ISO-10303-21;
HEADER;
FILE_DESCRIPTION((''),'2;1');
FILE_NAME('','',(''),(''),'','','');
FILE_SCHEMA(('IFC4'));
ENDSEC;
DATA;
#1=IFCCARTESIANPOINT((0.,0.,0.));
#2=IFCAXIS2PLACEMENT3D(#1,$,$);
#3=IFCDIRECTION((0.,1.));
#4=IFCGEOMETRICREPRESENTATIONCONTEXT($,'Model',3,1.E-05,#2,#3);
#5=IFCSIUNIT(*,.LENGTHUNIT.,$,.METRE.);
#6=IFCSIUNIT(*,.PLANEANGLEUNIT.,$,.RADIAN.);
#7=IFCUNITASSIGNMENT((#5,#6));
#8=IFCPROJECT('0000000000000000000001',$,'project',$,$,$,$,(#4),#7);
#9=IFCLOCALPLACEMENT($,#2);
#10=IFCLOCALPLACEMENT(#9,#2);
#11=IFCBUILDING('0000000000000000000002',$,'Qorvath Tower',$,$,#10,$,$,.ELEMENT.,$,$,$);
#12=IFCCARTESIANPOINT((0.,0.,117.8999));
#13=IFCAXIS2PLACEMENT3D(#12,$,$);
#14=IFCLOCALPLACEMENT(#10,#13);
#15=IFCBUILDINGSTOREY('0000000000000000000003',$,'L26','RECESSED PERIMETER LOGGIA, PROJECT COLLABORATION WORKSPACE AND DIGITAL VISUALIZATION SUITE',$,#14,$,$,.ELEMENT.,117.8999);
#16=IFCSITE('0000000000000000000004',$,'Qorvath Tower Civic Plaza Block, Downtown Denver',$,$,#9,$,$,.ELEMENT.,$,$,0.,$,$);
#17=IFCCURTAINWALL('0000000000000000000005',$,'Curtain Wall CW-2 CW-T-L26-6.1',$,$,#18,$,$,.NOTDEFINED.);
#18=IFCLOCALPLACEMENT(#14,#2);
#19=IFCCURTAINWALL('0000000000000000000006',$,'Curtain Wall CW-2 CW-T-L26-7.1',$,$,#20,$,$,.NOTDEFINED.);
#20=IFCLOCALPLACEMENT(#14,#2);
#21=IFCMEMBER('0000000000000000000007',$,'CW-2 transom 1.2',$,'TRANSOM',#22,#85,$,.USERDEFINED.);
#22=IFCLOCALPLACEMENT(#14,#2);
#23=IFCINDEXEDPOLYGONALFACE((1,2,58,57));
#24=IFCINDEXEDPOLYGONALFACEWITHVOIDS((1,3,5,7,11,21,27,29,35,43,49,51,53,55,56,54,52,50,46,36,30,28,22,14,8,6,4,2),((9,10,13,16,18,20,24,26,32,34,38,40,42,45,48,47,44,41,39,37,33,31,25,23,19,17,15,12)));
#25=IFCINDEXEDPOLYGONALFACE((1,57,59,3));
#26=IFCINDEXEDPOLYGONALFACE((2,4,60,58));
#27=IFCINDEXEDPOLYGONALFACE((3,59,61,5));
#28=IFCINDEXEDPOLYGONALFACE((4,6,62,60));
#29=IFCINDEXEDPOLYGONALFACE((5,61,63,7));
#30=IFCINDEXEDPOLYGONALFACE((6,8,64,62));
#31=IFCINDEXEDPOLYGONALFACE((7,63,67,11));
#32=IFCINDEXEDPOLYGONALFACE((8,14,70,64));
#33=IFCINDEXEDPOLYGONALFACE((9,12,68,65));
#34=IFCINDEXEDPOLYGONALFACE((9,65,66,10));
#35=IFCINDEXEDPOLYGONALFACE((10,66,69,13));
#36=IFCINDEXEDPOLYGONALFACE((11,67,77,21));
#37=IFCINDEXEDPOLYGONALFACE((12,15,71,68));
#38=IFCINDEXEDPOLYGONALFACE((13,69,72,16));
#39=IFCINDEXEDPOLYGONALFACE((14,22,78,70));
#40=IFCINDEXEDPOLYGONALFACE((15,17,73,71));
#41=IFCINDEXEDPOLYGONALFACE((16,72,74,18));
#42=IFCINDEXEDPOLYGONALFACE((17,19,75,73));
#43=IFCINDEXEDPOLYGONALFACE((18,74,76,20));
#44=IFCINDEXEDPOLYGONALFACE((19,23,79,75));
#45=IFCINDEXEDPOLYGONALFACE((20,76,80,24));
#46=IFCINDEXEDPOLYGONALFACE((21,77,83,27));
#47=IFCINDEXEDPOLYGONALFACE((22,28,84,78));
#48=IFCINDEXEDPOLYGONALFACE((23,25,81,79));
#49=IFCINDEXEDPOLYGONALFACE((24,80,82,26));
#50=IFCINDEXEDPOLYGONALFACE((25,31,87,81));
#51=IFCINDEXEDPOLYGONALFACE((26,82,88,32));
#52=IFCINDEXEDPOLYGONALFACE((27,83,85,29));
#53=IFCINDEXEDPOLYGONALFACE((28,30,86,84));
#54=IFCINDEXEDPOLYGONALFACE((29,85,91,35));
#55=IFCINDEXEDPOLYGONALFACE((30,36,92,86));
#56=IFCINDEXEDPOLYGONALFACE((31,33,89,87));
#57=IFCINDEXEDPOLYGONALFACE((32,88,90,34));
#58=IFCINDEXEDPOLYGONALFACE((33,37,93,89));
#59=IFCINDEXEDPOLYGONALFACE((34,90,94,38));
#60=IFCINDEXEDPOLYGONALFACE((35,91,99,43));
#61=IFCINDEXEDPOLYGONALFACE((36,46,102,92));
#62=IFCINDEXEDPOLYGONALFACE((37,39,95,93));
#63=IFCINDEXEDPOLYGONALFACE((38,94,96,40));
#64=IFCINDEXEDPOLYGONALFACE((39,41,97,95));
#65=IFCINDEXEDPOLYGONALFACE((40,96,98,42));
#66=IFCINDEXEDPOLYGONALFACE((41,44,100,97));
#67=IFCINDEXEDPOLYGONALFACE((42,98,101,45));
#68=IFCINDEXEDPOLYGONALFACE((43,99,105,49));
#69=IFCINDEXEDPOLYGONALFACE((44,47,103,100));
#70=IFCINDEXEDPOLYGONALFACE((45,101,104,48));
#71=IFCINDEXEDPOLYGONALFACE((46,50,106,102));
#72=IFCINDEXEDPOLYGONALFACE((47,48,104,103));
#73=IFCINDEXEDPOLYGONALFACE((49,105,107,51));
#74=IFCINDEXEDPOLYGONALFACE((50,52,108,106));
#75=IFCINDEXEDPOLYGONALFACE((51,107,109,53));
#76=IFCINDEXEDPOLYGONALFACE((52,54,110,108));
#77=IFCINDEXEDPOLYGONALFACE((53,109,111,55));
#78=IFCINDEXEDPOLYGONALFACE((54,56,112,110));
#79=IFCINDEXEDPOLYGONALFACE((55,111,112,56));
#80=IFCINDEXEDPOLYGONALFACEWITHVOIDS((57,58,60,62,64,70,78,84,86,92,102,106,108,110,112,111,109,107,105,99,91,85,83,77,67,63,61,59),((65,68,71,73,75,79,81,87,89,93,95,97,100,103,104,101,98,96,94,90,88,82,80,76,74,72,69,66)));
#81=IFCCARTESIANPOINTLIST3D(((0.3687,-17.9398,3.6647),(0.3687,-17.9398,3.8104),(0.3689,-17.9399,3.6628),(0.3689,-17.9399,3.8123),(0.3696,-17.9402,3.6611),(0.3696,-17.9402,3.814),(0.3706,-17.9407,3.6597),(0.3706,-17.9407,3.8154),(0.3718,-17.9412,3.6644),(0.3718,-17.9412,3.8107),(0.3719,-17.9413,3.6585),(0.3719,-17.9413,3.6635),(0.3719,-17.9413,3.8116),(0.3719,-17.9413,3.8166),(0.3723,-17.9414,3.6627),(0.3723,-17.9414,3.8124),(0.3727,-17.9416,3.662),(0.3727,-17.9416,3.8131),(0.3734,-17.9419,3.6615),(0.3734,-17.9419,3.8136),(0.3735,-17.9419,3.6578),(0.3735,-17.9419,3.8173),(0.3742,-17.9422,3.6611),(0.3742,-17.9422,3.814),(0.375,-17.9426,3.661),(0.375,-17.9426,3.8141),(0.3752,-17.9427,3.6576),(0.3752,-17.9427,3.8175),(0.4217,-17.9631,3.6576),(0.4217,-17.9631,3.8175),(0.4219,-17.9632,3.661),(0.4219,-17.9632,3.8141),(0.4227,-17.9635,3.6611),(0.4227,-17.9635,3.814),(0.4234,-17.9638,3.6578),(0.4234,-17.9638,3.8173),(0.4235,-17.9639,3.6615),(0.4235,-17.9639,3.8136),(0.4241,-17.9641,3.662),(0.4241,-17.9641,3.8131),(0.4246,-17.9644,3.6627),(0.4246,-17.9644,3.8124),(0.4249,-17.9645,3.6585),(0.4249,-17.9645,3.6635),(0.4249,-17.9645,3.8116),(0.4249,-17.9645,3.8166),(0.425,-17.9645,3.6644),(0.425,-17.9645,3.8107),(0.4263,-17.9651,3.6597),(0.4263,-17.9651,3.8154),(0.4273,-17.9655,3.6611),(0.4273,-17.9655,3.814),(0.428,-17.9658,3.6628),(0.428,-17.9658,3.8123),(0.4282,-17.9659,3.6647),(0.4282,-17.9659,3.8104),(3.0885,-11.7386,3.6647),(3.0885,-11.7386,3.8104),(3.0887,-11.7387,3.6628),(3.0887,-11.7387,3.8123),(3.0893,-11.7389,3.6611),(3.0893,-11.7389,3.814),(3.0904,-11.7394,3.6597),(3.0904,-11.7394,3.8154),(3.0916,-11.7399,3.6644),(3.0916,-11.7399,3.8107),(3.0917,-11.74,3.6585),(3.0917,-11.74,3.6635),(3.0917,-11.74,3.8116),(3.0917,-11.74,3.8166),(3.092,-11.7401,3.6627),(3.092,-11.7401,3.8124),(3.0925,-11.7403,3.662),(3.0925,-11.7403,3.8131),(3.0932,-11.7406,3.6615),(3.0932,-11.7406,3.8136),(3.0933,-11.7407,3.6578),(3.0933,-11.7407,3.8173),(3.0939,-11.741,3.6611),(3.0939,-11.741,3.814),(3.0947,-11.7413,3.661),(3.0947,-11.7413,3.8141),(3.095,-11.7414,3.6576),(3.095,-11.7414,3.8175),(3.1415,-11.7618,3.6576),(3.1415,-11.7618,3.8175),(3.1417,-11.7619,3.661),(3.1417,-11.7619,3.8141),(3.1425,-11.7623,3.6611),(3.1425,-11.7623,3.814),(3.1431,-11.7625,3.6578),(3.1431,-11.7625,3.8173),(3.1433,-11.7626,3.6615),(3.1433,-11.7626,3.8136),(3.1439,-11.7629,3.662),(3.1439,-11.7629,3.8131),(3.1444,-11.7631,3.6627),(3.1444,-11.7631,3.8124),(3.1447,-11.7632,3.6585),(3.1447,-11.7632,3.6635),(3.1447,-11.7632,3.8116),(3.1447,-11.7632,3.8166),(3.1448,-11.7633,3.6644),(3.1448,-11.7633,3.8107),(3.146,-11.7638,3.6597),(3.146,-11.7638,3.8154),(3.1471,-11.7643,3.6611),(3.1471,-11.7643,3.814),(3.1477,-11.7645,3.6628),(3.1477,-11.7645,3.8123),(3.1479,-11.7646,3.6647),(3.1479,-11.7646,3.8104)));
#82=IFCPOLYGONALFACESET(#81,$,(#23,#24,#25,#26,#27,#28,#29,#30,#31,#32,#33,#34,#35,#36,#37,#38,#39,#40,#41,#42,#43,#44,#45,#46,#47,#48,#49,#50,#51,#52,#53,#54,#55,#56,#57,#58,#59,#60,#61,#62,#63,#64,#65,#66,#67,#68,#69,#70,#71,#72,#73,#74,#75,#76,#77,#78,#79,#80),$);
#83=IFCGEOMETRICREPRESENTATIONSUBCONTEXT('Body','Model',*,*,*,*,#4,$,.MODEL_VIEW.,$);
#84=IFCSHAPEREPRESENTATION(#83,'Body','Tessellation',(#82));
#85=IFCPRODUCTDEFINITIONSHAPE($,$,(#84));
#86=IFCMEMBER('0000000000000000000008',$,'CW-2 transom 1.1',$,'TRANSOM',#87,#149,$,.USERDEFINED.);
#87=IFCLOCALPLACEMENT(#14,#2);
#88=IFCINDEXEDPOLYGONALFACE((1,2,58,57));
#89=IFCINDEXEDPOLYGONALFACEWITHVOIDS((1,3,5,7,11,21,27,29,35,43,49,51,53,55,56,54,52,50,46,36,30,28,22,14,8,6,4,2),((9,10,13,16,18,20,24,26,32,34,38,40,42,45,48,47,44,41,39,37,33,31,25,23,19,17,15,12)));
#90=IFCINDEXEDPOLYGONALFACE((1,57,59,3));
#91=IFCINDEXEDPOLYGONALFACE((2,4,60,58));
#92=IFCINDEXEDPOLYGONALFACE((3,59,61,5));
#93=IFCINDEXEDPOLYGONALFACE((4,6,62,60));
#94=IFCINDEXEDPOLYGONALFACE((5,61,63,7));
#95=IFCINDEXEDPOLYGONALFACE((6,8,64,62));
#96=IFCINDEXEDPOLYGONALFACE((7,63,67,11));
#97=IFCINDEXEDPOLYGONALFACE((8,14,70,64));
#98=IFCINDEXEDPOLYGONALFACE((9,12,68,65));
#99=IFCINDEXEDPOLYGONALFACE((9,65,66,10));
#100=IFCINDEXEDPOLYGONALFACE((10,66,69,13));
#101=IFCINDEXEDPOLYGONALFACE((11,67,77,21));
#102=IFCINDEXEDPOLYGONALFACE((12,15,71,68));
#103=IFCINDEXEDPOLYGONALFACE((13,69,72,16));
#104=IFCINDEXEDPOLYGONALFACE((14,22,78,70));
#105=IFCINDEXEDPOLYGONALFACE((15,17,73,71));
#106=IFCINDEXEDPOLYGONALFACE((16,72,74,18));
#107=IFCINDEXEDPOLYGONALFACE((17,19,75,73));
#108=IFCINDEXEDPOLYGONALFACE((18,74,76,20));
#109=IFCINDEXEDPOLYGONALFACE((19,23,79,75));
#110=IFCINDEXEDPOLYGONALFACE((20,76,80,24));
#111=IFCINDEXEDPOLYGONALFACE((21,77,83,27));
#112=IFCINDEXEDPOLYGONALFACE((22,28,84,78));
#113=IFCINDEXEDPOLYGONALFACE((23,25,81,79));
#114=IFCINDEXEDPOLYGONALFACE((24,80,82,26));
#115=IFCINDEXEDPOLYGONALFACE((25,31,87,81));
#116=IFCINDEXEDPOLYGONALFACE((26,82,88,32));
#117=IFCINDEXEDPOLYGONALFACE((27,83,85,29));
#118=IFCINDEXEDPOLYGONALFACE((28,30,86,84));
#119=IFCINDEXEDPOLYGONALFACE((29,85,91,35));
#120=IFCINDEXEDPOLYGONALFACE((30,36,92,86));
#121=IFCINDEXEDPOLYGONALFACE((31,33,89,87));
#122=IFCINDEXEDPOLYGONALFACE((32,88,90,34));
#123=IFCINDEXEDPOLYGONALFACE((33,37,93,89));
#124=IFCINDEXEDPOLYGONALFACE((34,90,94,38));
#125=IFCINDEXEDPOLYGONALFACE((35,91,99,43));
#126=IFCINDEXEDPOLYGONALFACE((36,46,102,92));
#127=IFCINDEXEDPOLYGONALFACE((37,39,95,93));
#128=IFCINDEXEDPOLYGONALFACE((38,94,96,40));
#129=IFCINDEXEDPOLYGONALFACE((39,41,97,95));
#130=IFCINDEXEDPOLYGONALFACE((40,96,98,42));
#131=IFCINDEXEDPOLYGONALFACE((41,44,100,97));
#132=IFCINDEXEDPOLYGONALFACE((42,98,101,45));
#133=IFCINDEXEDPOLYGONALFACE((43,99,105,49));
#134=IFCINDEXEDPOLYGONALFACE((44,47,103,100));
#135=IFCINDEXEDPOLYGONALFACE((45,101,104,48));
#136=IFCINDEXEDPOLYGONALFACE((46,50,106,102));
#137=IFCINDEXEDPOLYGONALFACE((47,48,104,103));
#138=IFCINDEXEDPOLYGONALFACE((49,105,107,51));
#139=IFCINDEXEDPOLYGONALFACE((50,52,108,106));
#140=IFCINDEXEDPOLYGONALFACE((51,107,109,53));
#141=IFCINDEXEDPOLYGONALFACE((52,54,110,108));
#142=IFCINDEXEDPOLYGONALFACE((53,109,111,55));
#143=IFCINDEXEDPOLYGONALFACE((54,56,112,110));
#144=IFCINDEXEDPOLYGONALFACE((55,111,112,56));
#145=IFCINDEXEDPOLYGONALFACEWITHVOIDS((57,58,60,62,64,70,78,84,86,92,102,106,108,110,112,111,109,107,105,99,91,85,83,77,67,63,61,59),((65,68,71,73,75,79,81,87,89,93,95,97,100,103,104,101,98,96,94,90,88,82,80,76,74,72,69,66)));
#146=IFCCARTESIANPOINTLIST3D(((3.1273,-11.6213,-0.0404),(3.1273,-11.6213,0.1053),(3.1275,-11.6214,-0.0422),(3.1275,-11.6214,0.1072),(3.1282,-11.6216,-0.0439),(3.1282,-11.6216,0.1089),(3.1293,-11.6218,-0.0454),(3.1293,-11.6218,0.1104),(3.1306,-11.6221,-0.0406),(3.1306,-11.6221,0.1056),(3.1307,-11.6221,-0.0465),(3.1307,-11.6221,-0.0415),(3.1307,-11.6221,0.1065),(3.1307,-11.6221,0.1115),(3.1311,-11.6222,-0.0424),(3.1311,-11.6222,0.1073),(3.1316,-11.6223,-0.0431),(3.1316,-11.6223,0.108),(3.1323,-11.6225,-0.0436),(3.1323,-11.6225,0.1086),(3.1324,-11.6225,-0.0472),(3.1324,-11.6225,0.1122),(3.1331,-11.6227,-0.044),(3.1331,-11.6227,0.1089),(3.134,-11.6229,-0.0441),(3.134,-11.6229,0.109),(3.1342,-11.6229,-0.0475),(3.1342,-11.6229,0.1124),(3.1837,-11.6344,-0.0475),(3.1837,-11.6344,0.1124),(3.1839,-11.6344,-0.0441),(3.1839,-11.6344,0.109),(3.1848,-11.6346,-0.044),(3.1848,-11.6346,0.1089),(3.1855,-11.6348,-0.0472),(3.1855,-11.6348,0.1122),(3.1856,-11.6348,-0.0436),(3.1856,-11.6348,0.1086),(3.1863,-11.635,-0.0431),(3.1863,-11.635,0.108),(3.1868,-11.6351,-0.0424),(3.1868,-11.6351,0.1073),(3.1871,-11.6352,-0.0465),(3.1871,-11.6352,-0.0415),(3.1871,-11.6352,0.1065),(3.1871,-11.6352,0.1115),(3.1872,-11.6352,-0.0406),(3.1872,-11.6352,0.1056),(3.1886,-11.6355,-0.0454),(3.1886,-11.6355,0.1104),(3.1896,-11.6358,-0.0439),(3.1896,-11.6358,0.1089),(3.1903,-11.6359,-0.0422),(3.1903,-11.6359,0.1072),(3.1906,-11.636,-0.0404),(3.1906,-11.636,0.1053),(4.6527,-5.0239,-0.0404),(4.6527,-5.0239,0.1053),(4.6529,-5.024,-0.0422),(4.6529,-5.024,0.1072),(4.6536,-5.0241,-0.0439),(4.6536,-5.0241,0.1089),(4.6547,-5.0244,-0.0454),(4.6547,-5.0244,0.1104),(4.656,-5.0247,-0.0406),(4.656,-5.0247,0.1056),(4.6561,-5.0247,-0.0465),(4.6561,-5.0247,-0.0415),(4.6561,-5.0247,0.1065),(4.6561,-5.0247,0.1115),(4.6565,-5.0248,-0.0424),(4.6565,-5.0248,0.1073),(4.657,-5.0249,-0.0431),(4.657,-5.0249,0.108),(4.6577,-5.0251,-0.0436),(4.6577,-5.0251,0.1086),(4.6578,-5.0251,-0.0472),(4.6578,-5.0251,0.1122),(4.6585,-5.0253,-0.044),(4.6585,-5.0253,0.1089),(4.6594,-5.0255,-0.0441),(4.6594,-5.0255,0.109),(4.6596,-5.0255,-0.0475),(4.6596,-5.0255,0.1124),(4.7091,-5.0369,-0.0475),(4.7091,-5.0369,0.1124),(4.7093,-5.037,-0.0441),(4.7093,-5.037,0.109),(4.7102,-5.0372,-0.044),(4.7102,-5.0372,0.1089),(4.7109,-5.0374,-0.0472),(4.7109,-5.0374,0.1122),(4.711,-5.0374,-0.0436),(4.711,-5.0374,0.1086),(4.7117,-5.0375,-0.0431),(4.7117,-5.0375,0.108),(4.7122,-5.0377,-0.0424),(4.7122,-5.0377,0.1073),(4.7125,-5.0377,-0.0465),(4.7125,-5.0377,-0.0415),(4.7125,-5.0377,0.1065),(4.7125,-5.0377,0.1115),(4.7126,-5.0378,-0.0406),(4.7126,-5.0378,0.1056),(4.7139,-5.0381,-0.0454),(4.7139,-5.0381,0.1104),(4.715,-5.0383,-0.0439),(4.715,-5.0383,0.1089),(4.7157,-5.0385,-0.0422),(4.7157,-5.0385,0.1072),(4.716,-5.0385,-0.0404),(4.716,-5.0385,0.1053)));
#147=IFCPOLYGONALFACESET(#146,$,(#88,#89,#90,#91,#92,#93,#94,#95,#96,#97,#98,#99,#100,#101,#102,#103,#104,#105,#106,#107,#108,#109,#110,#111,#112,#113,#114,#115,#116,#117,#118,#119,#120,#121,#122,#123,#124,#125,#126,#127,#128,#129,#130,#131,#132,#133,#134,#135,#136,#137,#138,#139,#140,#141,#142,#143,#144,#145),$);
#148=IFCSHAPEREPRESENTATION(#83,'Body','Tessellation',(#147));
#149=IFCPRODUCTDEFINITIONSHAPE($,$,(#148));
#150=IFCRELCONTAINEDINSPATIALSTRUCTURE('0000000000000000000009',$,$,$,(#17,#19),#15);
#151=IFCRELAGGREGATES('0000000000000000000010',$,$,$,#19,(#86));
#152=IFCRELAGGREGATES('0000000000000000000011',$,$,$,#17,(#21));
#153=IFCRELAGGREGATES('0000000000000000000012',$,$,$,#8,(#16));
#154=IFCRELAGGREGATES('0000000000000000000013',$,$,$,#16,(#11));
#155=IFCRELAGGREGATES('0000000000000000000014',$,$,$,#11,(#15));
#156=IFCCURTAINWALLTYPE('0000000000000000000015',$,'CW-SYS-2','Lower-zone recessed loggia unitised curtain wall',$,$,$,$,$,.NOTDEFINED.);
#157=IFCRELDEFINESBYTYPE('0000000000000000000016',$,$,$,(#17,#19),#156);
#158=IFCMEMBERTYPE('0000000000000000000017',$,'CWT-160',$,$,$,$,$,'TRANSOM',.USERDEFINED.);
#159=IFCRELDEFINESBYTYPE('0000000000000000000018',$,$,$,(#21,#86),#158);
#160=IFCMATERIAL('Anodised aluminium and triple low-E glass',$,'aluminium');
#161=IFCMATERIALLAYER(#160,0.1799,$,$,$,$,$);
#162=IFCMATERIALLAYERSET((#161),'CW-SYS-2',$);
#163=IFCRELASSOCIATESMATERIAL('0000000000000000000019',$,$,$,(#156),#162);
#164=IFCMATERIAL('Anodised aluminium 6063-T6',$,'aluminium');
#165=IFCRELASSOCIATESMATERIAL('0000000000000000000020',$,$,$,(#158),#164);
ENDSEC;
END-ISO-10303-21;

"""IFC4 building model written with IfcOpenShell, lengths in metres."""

from ifc_helpers import new_model, si_unit, direction, frame, origin, origin_2d, place, context, subcontext, project, spatial, hollow_rectangle, extrude, material, layer, layer_set, material_profile, profile_set, type_object, element, aggregate, save


model = new_model("IFC4")

# Units and contexts
model_context = context("Model", 3, precision=1e-05, world=origin(), true_north=direction((0.0, 1.0)))
body_context = subcontext(model_context, "Body", "Model", "MODEL_VIEW")
ifc_project = project(units=[si_unit("LENGTHUNIT", "METRE"), si_unit("PLANEANGLEUNIT", "RADIAN")], contexts=[model_context])

# Site, building, storey
site_placement = place(None, origin())
site = spatial("IfcSite", under=ifc_project, at=site_placement, Name="Qorvath Tower Civic Plaza Block, Downtown Denver", CompositionType="ELEMENT", RefElevation=0.0)
building_placement = place(site_placement, origin())
building = spatial("IfcBuilding", under=site, at=building_placement, Name="Qorvath Tower", CompositionType="ELEMENT")
storey_placement = place(building_placement, frame((0.0, 0.0, 117.8999)))
storey = spatial("IfcBuildingStorey", under=building, at=storey_placement, Name="L26", Description="RECESSED PERIMETER LOGGIA, PROJECT COLLABORATION WORKSPACE AND DIGITAL VISUALIZATION SUITE", CompositionType="ELEMENT", Elevation=117.8999)

# Curtain wall
ifc_material_1 = material(Name="Anodised aluminium and triple low-E glass", Category="aluminium")
ifc_layer_1 = layer(ifc_material_1, 0.1799)
ifc_layer_set_1 = layer_set([ifc_layer_1], Name="CW-SYS-2")
curtain_wall_type = type_object("IfcCurtainWallType", Name="CW-SYS-2", Description="Lower-zone recessed loggia unitised curtain wall", PredefinedType="NOTDEFINED", material=ifc_layer_set_1)
curtain_wall_1_placement = place(storey_placement, origin())
curtain_wall_1 = element("IfcCurtainWall", 1, at=curtain_wall_1_placement, inside=storey, type_object=curtain_wall_type, Name="Curtain Wall CW-2 CW-T-L26-6.1", PredefinedType="NOTDEFINED")

# Curtain wall
curtain_wall_2_placement = place(storey_placement, origin())
curtain_wall_2 = element("IfcCurtainWall", 2, at=curtain_wall_2_placement, inside=storey, type_object=curtain_wall_type, Name="Curtain Wall CW-2 CW-T-L26-7.1", PredefinedType="NOTDEFINED")

# Members
ifc_material_2 = material(Name="Anodised aluminium 6063-T6", Category="aluminium")
ifc_material_profile_1 = material_profile(ifc_material_2, hollow_rectangle(XDim=0.0649, YDim=0.1599, WallThickness=0.0034, InnerFilletRadius=0.0034, OuterFilletRadius=0.0071, at=origin_2d()), Name="CWT 160x65")
ifc_profile_set_1 = profile_set([ifc_material_profile_1], Name="Anodised aluminium 6063-T6")
member_type_1 = type_object("IfcMemberType", Name="CWT-160", ElementType="TRANSOM", PredefinedType="USERDEFINED", material=ifc_profile_set_1)
member_1_placement = place(storey_placement, frame((0.3984, -17.9529, 3.7375), z_axis=(0.401651, 0.915793, 0.0), x_axis=(-0.915793, 0.401651, 0.0)))
member_1 = element("IfcMember", 3, at=member_1_placement, type_object=member_type_1, Name="CW-2 transom 1.2", ObjectType="TRANSOM", PredefinedType="USERDEFINED", context=body_context, shape_type="SweptSolid", body=[
    extrude(hollow_rectangle(XDim=0.0649, YDim=0.1599, WallThickness=0.0034, InnerFilletRadius=0.0034, OuterFilletRadius=0.0071, at=origin_2d()), origin(), (0.0, 0.0, 1.0), 6.7715),
])
member_2_placement = place(storey_placement, frame((3.1589, -11.6287, 0.0325), z_axis=(0.225268, 0.974297, 0.0), x_axis=(-0.974297, 0.225268, 0.0)))
member_2 = element("IfcMember", 4, at=member_2_placement, type_object=member_type_1, Name="CW-2 transom 1.1", ObjectType="TRANSOM", PredefinedType="USERDEFINED", context=body_context, shape_type="SweptSolid", body=[
    extrude(hollow_rectangle(XDim=0.0649, YDim=0.1599, WallThickness=0.0034, InnerFilletRadius=0.0034, OuterFilletRadius=0.0071, at=origin_2d()), origin(), (0.0, 0.0, 1.0), 6.7715),
])
aggregate(curtain_wall_2, [member_2])

aggregate(curtain_wall_1, [member_1])

save(model, "model.ifc")
